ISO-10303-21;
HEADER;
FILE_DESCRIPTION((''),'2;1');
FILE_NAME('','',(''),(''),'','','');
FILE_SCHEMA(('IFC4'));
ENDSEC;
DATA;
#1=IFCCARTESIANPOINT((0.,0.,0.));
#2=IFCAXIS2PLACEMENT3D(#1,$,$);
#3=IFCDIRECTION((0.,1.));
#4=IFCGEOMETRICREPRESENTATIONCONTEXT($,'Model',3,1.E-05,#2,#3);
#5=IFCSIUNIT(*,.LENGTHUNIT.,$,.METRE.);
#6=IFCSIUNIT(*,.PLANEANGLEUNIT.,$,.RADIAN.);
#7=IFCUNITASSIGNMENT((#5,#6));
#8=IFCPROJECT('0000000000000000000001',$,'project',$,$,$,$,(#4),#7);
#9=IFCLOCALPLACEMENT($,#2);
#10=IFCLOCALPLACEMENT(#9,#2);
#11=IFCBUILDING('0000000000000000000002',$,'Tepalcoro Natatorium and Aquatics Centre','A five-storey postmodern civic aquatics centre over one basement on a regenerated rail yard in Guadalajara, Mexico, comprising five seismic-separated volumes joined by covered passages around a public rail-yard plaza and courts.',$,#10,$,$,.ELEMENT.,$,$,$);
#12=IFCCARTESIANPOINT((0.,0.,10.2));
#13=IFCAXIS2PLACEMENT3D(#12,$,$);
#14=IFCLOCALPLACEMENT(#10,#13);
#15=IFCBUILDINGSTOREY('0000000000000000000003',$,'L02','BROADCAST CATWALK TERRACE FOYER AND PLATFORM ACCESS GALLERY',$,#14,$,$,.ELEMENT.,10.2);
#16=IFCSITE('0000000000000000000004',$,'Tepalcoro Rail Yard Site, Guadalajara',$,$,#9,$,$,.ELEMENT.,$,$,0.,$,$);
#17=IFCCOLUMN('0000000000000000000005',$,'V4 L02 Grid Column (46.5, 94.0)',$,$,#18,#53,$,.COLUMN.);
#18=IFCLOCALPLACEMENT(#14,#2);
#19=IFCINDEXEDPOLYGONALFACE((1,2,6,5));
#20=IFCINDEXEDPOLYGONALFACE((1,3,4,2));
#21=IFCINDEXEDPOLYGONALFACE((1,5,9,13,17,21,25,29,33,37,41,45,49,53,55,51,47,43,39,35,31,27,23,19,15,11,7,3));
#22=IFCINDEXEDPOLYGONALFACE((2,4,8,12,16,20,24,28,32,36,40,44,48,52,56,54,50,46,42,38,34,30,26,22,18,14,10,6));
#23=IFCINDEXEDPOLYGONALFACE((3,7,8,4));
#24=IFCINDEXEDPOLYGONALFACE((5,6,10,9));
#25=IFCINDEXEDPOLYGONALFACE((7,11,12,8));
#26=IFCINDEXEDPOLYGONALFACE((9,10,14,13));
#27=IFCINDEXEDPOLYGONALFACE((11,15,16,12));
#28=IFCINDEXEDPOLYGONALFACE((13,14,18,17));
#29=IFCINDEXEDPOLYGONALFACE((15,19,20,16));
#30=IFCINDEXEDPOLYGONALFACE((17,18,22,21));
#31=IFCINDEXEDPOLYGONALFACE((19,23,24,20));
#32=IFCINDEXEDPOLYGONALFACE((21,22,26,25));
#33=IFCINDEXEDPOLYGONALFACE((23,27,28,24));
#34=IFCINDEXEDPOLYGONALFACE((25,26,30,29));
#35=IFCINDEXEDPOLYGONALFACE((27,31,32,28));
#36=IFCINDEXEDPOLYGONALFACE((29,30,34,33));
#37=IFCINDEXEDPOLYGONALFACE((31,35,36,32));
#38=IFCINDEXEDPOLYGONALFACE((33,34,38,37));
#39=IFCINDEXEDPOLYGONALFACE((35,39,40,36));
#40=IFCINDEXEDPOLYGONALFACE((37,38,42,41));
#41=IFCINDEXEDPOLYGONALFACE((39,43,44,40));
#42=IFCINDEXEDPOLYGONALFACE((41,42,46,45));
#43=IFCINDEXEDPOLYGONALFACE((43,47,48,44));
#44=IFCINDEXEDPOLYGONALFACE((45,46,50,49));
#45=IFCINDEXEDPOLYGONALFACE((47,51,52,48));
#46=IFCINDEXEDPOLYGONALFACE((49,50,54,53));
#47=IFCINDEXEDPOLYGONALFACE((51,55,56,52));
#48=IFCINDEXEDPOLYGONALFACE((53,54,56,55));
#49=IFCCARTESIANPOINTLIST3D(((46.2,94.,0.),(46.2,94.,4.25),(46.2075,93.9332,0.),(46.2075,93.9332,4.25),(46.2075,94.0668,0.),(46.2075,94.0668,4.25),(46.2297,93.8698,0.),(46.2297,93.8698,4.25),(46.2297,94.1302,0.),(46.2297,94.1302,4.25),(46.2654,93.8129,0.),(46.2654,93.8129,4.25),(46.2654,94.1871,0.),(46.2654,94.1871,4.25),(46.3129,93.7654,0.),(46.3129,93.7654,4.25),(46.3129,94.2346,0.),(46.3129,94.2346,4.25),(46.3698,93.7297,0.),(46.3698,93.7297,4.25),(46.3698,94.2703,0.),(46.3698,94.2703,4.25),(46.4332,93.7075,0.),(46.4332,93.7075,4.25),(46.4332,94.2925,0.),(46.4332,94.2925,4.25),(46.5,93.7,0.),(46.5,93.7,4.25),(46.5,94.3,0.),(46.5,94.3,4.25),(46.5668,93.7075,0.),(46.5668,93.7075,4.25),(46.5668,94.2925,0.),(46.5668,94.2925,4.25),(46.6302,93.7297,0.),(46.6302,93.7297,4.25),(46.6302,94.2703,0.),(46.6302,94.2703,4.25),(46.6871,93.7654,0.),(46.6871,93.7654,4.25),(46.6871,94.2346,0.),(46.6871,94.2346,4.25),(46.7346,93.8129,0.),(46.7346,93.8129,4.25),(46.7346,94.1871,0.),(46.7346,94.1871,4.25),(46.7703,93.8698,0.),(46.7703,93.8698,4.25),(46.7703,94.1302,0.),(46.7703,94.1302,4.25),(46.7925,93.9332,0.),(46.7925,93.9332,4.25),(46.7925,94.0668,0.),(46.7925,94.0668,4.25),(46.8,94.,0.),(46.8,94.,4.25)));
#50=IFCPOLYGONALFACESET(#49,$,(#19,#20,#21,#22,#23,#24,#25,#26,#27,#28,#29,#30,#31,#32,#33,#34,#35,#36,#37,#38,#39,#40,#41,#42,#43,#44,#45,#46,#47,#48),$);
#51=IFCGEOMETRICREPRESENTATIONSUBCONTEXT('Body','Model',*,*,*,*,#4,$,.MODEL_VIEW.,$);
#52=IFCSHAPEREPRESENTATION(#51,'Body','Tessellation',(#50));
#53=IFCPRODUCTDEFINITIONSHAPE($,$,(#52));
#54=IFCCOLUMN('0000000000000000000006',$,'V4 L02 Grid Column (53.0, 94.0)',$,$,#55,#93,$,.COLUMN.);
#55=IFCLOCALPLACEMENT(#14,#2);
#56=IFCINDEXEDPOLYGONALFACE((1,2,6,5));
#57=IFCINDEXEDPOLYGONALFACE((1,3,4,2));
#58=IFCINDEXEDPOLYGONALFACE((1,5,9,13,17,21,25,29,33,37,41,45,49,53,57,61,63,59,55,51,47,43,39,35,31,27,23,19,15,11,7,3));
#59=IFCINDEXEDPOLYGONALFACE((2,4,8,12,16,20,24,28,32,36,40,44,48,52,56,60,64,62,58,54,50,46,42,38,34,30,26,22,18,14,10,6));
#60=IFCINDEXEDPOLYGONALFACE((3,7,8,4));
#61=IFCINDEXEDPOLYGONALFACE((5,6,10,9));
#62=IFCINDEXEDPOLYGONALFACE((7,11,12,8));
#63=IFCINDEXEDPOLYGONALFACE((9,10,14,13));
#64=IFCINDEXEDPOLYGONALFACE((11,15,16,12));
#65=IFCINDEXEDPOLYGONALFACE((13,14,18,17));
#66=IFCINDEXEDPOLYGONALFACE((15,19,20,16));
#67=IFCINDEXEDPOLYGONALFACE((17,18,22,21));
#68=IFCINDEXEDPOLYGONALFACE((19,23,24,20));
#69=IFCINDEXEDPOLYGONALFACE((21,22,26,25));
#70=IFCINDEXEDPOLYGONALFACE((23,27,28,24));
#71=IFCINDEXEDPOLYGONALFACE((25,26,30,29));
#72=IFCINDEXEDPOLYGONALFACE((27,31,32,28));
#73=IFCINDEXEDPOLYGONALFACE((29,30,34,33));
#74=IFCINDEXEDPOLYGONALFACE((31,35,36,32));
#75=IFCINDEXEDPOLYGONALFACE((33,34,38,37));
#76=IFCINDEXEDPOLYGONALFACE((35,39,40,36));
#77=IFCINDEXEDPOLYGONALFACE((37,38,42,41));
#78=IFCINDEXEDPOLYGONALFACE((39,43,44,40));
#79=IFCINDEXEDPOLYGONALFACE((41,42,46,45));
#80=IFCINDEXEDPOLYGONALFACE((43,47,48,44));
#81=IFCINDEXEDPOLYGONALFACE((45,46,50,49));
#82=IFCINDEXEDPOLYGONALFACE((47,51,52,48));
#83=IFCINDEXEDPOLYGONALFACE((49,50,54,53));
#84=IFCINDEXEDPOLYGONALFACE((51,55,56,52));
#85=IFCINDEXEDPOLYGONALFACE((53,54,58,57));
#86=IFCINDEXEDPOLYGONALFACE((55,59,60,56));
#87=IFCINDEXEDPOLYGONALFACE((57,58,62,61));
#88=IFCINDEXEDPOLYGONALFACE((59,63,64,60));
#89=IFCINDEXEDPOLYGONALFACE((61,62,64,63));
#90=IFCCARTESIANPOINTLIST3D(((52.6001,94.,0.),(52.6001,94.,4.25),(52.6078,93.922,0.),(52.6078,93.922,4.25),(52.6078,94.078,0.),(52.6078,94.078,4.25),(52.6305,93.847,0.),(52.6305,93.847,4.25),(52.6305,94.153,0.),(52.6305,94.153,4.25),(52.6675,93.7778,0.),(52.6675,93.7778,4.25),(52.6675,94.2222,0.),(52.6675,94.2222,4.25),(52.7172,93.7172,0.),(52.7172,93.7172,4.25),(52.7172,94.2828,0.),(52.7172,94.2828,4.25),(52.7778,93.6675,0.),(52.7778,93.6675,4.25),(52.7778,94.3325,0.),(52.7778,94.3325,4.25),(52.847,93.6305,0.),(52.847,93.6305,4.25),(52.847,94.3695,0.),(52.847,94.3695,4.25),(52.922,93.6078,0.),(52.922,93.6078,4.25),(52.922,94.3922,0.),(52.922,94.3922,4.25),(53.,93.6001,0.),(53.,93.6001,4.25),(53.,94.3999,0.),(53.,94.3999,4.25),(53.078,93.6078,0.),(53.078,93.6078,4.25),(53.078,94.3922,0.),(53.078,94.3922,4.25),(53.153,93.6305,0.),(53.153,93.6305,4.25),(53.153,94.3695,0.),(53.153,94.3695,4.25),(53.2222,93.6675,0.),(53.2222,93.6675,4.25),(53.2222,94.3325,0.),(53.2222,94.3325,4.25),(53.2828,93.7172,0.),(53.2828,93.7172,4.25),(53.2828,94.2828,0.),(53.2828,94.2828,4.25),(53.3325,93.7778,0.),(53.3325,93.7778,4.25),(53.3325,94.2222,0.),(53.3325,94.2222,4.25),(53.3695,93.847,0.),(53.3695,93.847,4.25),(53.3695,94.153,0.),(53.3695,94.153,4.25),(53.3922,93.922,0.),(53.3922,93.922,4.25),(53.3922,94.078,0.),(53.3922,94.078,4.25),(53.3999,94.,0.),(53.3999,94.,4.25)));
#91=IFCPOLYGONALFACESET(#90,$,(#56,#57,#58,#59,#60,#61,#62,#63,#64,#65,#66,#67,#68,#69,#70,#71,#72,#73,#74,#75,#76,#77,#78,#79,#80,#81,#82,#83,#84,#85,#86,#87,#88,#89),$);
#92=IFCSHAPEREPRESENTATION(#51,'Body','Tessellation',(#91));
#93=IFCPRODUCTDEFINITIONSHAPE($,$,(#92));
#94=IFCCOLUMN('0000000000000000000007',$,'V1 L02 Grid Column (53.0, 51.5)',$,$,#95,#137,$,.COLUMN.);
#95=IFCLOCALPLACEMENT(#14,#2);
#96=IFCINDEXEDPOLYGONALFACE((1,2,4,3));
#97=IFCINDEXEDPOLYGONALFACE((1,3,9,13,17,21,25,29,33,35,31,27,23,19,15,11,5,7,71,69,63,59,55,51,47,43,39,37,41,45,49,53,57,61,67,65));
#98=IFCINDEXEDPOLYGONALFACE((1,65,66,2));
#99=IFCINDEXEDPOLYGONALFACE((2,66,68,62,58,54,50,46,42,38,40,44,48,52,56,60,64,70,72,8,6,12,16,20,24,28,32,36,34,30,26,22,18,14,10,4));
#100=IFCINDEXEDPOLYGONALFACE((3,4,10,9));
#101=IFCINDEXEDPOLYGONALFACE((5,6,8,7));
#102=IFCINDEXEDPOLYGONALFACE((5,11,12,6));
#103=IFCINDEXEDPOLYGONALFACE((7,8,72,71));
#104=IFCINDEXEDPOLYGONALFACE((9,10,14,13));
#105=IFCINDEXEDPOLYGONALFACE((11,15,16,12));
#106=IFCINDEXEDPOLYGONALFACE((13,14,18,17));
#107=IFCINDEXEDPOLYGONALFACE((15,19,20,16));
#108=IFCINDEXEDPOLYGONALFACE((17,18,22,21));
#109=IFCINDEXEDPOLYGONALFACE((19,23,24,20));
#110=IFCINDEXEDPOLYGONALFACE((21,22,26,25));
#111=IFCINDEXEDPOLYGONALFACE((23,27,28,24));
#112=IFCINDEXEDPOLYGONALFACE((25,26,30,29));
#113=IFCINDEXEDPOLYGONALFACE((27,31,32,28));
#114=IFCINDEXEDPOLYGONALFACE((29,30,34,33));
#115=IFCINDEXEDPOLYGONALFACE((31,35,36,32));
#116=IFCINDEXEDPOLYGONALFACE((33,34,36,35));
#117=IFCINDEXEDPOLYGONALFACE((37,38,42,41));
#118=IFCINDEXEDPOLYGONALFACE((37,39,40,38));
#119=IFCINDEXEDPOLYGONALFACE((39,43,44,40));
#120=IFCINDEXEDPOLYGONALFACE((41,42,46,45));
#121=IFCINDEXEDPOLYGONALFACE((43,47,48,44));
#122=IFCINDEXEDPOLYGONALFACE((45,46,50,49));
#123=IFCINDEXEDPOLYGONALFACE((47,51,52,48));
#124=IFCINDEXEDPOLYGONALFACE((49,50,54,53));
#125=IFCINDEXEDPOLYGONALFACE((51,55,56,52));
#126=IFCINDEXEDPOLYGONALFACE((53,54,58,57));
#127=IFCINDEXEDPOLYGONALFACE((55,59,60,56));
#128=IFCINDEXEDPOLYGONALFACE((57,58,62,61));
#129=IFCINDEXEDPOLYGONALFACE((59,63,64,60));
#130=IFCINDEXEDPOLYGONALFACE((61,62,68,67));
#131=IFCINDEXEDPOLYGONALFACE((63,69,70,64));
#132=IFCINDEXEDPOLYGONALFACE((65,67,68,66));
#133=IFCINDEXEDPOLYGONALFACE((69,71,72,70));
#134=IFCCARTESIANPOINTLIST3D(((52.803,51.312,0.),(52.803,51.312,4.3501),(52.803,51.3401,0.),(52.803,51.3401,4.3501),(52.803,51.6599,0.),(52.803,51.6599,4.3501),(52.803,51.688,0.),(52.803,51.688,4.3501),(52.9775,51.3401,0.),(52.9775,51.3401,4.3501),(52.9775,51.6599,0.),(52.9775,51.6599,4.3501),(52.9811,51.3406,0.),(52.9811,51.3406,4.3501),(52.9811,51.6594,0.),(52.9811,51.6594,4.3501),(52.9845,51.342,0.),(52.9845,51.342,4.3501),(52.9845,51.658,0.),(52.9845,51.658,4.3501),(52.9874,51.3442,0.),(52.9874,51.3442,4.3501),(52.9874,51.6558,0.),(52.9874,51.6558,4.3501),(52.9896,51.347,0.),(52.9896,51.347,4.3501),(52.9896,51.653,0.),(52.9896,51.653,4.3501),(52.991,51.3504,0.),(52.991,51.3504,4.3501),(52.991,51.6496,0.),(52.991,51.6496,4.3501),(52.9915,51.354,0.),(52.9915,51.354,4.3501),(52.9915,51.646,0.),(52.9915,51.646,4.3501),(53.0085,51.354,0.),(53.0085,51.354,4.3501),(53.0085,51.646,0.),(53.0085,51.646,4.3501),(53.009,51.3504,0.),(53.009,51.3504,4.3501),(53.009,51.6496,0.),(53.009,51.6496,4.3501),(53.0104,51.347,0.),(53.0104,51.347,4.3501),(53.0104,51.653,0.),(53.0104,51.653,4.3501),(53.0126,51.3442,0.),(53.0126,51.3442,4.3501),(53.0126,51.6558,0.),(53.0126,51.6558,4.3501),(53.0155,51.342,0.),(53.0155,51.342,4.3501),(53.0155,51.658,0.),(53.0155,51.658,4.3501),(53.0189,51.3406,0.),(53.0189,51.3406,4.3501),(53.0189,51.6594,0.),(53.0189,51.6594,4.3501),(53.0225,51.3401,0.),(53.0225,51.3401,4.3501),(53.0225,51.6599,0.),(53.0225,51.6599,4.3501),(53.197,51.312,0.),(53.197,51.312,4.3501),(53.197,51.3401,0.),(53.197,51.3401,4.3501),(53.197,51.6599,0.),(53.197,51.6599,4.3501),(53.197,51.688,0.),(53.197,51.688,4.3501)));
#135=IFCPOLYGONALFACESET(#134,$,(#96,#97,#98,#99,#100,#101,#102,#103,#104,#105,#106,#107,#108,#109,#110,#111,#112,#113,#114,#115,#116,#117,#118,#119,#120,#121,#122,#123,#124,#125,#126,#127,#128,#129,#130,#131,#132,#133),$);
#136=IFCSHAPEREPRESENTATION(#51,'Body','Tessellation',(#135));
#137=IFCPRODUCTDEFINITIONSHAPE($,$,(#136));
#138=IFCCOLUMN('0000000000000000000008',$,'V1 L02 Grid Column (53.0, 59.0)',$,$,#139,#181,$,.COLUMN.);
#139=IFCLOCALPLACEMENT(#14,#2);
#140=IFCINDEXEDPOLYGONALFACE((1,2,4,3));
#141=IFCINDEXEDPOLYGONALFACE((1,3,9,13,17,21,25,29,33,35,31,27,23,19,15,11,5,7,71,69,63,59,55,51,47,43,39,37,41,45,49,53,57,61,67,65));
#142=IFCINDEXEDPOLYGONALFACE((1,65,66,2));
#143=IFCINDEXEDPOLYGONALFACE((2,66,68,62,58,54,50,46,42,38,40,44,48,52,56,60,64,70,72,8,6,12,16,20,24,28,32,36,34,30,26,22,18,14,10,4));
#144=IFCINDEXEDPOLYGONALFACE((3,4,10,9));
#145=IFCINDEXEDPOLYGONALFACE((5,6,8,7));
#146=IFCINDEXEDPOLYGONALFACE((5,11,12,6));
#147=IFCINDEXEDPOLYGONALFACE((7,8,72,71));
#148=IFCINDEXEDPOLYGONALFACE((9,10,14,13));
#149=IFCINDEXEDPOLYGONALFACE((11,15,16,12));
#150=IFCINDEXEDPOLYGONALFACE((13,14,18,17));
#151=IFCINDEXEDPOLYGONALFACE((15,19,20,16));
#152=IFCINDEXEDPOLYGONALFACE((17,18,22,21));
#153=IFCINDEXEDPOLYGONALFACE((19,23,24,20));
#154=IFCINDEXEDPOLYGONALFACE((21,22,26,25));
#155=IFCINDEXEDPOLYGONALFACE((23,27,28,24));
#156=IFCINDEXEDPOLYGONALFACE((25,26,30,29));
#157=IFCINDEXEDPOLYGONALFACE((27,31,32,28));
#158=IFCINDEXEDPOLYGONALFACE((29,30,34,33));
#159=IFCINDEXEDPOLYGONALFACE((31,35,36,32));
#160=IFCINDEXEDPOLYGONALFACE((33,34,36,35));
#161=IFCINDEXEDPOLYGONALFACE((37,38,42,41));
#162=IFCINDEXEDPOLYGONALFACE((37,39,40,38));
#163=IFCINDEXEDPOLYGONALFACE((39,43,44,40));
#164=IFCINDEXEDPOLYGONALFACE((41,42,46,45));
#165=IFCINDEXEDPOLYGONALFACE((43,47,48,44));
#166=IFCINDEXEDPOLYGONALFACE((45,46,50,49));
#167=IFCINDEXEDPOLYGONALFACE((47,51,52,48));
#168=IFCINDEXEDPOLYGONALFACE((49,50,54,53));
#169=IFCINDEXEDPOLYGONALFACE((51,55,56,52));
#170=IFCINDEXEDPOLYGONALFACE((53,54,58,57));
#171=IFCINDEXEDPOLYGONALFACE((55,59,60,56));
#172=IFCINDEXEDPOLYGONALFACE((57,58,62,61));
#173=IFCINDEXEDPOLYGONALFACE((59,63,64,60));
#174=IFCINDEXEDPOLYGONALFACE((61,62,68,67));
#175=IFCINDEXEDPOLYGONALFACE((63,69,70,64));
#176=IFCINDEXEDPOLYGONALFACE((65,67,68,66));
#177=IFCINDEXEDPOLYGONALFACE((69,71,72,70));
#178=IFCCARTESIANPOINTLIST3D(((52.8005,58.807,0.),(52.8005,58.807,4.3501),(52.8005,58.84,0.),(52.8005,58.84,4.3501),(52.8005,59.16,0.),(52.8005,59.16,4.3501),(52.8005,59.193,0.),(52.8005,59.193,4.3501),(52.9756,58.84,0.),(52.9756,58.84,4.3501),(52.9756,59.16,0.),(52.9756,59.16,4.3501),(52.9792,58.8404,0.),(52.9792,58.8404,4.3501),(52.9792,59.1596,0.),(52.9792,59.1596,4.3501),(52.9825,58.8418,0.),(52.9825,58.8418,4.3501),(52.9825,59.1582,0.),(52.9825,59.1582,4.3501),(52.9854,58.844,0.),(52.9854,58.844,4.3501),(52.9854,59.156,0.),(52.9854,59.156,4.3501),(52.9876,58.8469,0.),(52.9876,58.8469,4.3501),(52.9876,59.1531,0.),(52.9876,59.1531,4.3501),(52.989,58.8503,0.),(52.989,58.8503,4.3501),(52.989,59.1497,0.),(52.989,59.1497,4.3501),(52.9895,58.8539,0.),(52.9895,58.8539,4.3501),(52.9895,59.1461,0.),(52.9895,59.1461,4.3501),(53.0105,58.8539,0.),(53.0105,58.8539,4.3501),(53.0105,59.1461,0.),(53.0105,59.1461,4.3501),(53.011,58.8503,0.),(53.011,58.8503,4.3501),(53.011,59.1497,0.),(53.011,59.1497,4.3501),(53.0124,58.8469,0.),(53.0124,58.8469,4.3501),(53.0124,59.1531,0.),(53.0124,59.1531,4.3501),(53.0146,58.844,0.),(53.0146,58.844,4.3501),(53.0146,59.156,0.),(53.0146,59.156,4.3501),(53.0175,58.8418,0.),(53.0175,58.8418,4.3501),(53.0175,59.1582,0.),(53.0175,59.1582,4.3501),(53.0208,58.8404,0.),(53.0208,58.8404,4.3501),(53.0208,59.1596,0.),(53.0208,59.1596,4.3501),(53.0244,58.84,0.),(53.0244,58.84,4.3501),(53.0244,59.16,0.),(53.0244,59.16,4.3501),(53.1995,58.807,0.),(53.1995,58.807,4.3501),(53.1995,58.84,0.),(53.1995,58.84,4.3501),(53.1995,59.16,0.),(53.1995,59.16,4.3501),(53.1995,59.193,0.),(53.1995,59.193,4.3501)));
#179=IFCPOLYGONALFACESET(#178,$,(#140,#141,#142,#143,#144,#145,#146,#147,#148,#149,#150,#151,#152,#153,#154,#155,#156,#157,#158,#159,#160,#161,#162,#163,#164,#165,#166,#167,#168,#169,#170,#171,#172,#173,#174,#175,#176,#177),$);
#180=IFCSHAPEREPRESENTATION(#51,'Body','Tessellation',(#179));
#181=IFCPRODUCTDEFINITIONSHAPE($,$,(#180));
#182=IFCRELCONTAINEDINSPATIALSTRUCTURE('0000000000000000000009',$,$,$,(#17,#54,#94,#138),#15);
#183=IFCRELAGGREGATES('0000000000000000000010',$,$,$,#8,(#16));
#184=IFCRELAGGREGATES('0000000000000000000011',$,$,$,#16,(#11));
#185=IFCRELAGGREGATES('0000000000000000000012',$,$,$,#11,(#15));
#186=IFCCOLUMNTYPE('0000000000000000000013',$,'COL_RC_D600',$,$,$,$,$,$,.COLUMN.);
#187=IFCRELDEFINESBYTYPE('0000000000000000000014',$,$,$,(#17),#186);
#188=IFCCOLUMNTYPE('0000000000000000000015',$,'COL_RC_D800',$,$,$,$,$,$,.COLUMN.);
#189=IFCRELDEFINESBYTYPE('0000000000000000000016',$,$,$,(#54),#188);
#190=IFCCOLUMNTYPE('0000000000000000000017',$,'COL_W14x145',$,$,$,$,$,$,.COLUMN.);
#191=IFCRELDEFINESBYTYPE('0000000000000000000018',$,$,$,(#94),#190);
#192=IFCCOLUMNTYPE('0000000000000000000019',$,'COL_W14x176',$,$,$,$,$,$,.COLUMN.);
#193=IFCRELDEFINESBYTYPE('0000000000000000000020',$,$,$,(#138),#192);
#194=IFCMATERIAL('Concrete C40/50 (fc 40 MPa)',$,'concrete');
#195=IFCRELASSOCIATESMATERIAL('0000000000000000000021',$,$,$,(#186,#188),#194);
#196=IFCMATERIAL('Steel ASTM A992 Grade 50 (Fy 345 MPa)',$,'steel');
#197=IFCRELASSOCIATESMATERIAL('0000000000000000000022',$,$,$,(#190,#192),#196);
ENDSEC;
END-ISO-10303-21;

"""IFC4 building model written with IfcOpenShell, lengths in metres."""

from ifc_helpers import new_model, si_unit, direction, frame, origin, origin_2d, place, context, subcontext, project, spatial, circle, i_section, extrude, material, material_profile, profile_set, type_object, element, save


model = new_model("IFC4")

# Units and contexts
model_context = context("Model", 3, precision=1e-05, world=origin(), true_north=direction((0.0, 1.0)))
body_context = subcontext(model_context, "Body", "Model", "MODEL_VIEW")
ifc_project = project(units=[si_unit("LENGTHUNIT", "METRE"), si_unit("PLANEANGLEUNIT", "RADIAN")], contexts=[model_context])

# Site, building, storey
site_placement = place(None, origin())
site = spatial("IfcSite", under=ifc_project, at=site_placement, Name="Tepalcoro Rail Yard Site, Guadalajara", CompositionType="ELEMENT", RefElevation=0.0)
building_placement = place(site_placement, origin())
building = spatial("IfcBuilding", under=site, at=building_placement, Name="Tepalcoro Natatorium and Aquatics Centre", Description="A five-storey postmodern civic aquatics centre over one basement on a regenerated rail yard in Guadalajara, Mexico, comprising five seismic-separated volumes joined by covered passages around a public rail-yard plaza and courts.", CompositionType="ELEMENT")
storey_placement = place(building_placement, frame((0.0, 0.0, 10.2)))
storey = spatial("IfcBuildingStorey", under=building, at=storey_placement, Name="L02", Description="BROADCAST CATWALK TERRACE FOYER AND PLATFORM ACCESS GALLERY", CompositionType="ELEMENT", Elevation=10.2)

# Columns
ifc_material_1 = material(Name="Concrete C40/50 (fc 40 MPa)", Category="concrete")
ifc_material_profile_1 = material_profile(ifc_material_1, circle(Radius=0.3, at=origin_2d()), Name="RCD600")
ifc_profile_set_1 = profile_set([ifc_material_profile_1], Name="Concrete C40/50 (fc 40 MPa)")
column_type_1 = type_object("IfcColumnType", Name="COL_RC_D600", PredefinedType="COLUMN", material=ifc_profile_set_1)
column_1_placement = place(storey_placement, frame((46.5, 94.0, 0.0), z_axis=(0.0, 0.0, 1.0), x_axis=(1.0, 0.0, 0.0)))
element("IfcColumn", 1, at=column_1_placement, inside=storey, type_object=column_type_1, Name="V4 L02 Grid Column (46.5, 94.0)", PredefinedType="COLUMN", context=body_context, shape_type="SweptSolid", body=[
    extrude(circle(Radius=0.3, at=origin_2d()), origin(), (0.0, 0.0, 1.0), 4.25),
])
ifc_material_profile_2 = material_profile(ifc_material_1, circle(Radius=0.3999, at=origin_2d()), Name="RCD800")
ifc_profile_set_2 = profile_set([ifc_material_profile_2], Name="Concrete C40/50 (fc 40 MPa)")
column_type_2 = type_object("IfcColumnType", Name="COL_RC_D800", PredefinedType="COLUMN", material=ifc_profile_set_2)
column_2_placement = place(storey_placement, frame((53.0, 94.0, 0.0), z_axis=(0.0, 0.0, 1.0), x_axis=(1.0, 0.0, 0.0)))
element("IfcColumn", 2, at=column_2_placement, inside=storey, type_object=column_type_2, Name="V4 L02 Grid Column (53.0, 94.0)", PredefinedType="COLUMN", context=body_context, shape_type="SweptSolid", body=[
    extrude(circle(Radius=0.3999, at=origin_2d()), origin(), (0.0, 0.0, 1.0), 4.25),
])
ifc_material_2 = material(Name="Steel ASTM A992 Grade 50 (Fy 345 MPa)", Category="steel")
ifc_material_profile_3 = material_profile(ifc_material_2, i_section(OverallWidth=0.394, OverallDepth=0.376, WebThickness=0.0171, FlangeThickness=0.0281, FilletRadius=0.0139, at=origin_2d()), Name="W14X145")
ifc_profile_set_3 = profile_set([ifc_material_profile_3], Name="Steel ASTM A992 Grade 50 (Fy 345 MPa)")
column_type_3 = type_object("IfcColumnType", Name="COL_W14x145", PredefinedType="COLUMN", material=ifc_profile_set_3)
column_3_placement = place(storey_placement, frame((53.0, 51.5, 0.0), z_axis=(0.0, 0.0, 1.0), x_axis=(1.0, 0.0, 0.0)))
element("IfcColumn", 3, at=column_3_placement, inside=storey, type_object=column_type_3, Name="V1 L02 Grid Column (53.0, 51.5)", PredefinedType="COLUMN", context=body_context, shape_type="SweptSolid", body=[
    extrude(i_section(OverallWidth=0.394, OverallDepth=0.376, WebThickness=0.0171, FlangeThickness=0.0281, FilletRadius=0.0139, at=origin_2d()), origin(), (0.0, 0.0, 1.0), 4.3501),
])
ifc_material_profile_4 = material_profile(ifc_material_2, i_section(OverallWidth=0.3989, OverallDepth=0.386, WebThickness=0.021, FlangeThickness=0.033, FilletRadius=0.0139, at=origin_2d()), Name="W14X176")
ifc_profile_set_4 = profile_set([ifc_material_profile_4], Name="Steel ASTM A992 Grade 50 (Fy 345 MPa)")
column_type_4 = type_object("IfcColumnType", Name="COL_W14x176", PredefinedType="COLUMN", material=ifc_profile_set_4)
column_4_placement = place(storey_placement, frame((53.0, 59.0, 0.0), z_axis=(0.0, 0.0, 1.0), x_axis=(1.0, 0.0, 0.0)))
element("IfcColumn", 4, at=column_4_placement, inside=storey, type_object=column_type_4, Name="V1 L02 Grid Column (53.0, 59.0)", PredefinedType="COLUMN", context=body_context, shape_type="SweptSolid", body=[
    extrude(i_section(OverallWidth=0.3989, OverallDepth=0.386, WebThickness=0.021, FlangeThickness=0.033, FilletRadius=0.0139, at=origin_2d()), origin(), (0.0, 0.0, 1.0), 4.3501),
])

save(model, "model.ifc")
